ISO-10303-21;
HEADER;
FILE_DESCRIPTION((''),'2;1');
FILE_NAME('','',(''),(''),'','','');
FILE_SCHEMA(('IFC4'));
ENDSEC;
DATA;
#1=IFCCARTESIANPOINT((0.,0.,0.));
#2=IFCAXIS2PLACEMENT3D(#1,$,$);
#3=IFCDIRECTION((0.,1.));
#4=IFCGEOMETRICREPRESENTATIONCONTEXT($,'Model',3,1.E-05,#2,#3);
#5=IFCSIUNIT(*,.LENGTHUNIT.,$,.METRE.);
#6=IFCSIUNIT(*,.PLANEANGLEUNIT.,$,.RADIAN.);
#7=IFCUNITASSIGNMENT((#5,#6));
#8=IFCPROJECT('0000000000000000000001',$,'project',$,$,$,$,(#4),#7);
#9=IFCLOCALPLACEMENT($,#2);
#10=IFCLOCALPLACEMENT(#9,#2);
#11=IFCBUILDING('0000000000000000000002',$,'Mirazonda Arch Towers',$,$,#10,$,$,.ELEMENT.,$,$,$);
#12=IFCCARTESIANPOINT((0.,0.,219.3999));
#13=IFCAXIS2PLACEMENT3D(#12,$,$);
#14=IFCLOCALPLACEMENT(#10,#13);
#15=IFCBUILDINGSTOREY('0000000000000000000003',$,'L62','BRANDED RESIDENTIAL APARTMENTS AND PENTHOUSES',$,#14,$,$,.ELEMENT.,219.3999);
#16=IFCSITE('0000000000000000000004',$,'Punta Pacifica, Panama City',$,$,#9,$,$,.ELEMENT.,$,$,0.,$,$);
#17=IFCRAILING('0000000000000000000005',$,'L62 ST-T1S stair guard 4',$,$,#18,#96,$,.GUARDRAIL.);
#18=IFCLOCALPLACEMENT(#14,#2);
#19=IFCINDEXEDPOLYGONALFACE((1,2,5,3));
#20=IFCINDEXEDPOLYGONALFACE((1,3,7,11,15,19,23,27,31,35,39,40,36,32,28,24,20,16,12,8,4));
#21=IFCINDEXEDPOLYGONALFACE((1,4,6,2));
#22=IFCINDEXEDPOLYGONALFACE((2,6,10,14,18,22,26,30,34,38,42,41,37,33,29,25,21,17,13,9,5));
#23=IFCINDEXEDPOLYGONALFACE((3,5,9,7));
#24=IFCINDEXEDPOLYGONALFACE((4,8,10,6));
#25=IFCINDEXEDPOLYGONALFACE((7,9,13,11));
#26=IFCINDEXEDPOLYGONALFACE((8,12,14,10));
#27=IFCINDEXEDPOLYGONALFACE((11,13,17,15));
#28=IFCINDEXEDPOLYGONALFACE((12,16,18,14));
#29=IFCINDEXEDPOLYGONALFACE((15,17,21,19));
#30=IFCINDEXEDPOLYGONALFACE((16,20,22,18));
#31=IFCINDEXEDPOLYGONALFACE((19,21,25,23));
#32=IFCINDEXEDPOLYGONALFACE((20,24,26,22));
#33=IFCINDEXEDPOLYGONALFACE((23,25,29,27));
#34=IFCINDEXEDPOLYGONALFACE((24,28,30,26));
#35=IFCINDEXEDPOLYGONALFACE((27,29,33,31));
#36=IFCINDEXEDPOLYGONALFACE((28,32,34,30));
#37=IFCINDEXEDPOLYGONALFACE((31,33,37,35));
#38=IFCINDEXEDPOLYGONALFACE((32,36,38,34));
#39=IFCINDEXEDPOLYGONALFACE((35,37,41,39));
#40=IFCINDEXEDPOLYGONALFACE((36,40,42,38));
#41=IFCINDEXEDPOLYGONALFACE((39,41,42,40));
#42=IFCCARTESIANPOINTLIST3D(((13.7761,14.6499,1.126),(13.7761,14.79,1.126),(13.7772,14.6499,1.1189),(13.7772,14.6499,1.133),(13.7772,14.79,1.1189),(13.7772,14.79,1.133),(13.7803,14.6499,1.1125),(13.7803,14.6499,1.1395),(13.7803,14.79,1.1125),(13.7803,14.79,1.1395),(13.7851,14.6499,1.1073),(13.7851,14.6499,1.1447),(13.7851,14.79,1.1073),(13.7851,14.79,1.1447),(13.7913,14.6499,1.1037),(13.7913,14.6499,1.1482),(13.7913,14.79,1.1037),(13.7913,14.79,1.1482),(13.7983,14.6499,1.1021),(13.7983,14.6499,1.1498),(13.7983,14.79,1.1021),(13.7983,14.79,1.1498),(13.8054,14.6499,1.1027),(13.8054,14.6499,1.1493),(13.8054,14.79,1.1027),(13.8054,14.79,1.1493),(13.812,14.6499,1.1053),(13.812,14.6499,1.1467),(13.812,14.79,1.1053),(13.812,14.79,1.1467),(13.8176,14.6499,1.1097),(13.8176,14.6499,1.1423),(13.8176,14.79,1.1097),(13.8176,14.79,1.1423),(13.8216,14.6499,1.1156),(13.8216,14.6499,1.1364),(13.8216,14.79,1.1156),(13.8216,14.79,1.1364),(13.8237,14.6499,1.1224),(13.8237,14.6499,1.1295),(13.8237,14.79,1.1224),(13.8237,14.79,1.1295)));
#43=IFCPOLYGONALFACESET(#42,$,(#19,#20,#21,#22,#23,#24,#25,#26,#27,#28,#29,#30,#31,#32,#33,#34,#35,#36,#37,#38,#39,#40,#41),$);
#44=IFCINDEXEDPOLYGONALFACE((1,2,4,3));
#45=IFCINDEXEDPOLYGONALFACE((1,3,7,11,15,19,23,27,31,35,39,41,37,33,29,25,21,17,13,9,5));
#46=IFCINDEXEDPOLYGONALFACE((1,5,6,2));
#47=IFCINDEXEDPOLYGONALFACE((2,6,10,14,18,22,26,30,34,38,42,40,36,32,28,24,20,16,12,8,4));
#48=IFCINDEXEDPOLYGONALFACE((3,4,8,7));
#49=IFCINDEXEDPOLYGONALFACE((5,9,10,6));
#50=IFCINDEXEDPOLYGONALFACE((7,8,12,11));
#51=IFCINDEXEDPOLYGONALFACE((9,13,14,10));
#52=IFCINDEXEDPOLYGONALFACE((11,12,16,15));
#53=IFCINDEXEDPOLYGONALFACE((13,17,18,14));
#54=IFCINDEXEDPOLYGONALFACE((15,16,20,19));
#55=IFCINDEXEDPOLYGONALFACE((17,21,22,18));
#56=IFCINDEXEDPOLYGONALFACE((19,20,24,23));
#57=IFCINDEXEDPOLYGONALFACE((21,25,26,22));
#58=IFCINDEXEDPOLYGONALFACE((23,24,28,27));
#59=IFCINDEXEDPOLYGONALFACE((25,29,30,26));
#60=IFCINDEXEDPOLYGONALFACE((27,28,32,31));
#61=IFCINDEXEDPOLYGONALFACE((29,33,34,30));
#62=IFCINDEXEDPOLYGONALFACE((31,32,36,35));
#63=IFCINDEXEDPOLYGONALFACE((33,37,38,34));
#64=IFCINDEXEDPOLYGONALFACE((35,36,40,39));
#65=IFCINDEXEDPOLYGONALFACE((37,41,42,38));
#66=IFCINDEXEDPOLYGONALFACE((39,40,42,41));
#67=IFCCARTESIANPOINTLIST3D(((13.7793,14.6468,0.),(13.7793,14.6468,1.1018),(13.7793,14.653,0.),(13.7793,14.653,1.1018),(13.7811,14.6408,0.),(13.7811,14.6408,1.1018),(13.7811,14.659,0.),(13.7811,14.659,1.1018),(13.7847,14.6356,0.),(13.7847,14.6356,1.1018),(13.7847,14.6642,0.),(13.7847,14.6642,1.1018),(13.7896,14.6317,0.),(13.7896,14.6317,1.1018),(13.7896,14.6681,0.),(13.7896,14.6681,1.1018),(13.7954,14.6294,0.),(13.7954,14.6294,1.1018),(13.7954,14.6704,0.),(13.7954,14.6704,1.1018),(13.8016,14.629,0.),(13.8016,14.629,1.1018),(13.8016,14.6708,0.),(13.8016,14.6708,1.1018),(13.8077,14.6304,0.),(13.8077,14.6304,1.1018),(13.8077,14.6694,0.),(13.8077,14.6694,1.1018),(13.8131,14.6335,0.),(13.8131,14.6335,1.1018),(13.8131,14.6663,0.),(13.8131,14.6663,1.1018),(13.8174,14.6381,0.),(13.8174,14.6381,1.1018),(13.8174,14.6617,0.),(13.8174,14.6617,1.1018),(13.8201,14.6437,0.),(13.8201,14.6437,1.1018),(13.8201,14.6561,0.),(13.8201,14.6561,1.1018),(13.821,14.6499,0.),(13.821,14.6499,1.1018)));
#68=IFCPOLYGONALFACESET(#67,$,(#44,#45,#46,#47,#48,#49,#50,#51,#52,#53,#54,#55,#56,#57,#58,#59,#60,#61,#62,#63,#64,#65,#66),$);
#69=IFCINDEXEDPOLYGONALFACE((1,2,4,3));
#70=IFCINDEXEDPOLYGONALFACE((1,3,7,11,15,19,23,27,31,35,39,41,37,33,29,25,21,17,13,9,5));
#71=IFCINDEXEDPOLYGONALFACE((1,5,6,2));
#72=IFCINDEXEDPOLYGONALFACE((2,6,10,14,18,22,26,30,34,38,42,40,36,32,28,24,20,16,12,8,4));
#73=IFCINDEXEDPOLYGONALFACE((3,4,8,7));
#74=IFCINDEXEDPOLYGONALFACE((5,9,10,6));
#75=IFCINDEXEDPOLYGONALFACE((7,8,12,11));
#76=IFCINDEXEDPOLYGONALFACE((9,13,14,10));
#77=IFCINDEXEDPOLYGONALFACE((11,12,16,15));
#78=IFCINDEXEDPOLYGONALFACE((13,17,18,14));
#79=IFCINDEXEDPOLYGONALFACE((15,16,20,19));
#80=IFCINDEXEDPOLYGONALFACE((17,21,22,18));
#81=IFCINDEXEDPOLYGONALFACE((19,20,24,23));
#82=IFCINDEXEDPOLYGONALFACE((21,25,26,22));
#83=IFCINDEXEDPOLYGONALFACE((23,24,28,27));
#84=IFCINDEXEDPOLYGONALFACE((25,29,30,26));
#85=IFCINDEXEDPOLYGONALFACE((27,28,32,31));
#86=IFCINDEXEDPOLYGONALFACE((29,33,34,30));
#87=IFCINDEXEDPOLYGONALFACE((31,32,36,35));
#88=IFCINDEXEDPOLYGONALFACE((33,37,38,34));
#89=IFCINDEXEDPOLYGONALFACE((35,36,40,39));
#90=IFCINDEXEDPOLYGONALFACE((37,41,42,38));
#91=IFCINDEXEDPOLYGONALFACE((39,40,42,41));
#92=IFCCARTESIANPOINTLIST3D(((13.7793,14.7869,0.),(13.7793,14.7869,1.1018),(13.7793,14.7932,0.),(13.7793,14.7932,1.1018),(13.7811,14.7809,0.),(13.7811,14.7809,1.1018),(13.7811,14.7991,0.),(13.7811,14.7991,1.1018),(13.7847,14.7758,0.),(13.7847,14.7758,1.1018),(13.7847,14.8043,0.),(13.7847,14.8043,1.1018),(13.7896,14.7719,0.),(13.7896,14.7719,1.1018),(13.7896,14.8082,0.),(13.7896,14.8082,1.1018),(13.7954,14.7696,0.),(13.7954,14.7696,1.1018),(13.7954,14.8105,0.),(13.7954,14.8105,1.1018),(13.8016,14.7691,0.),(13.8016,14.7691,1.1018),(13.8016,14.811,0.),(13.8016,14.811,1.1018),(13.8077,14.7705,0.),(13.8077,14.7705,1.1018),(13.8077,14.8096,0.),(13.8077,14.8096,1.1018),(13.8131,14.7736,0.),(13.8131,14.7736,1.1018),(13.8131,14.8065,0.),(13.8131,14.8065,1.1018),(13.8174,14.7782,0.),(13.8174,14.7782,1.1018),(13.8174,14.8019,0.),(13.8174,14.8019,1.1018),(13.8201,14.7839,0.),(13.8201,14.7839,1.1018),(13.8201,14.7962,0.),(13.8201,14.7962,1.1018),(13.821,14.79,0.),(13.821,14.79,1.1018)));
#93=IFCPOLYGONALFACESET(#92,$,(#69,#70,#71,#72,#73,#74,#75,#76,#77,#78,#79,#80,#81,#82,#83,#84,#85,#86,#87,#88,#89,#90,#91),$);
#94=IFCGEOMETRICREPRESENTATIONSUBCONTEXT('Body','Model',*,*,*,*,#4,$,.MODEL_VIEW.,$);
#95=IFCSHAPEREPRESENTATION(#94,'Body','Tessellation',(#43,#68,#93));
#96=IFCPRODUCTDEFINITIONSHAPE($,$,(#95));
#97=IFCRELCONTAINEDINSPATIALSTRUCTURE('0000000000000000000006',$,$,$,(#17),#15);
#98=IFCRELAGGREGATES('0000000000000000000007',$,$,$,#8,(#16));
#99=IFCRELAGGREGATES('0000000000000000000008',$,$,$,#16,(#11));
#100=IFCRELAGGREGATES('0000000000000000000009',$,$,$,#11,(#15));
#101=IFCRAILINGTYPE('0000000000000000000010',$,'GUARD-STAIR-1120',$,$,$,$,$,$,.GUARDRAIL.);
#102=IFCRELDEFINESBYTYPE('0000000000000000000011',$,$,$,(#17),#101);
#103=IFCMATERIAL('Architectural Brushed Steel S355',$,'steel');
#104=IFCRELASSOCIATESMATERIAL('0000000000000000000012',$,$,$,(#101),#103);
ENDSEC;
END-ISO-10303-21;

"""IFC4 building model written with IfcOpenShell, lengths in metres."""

from ifc_helpers import new_model, si_unit, direction, frame, origin, origin_2d, place, context, subcontext, project, spatial, circle, extrude, material, type_object, element, save


model = new_model("IFC4")

# Units and contexts
model_context = context("Model", 3, precision=1e-05, world=origin(), true_north=direction((0.0, 1.0)))
body_context = subcontext(model_context, "Body", "Model", "MODEL_VIEW")
ifc_project = project(units=[si_unit("LENGTHUNIT", "METRE"), si_unit("PLANEANGLEUNIT", "RADIAN")], contexts=[model_context])

# Site, building, storey
site_placement = place(None, origin())
site = spatial("IfcSite", under=ifc_project, at=site_placement, Name="Punta Pacifica, Panama City", CompositionType="ELEMENT", RefElevation=0.0)
building_placement = place(site_placement, origin())
building = spatial("IfcBuilding", under=site, at=building_placement, Name="Mirazonda Arch Towers", CompositionType="ELEMENT")
storey_placement = place(building_placement, frame((0.0, 0.0, 219.3999)))
storey = spatial("IfcBuildingStorey", under=building, at=storey_placement, Name="L62", Description="BRANDED RESIDENTIAL APARTMENTS AND PENTHOUSES", CompositionType="ELEMENT", Elevation=219.3999)

# Shared definitions
ifc_material_1 = material(Name="Architectural Brushed Steel S355", Category="steel")

# Railing
railing_type_1 = type_object("IfcRailingType", Name="GUARD-STAIR-1120", PredefinedType="GUARDRAIL", material=ifc_material_1)
railing_1_placement = place(storey_placement, frame((13.8, 14.6499, 0.0)))
element("IfcRailing", 1, at=railing_1_placement, inside=storey, type_object=railing_type_1, Name="L62 ST-T1S stair guard 4", PredefinedType="GUARDRAIL", context=body_context, shape_type="SweptSolid", body=[
    extrude(circle(Radius=0.0239, at=origin_2d()), frame((0.0, 0.0, 1.126), z_axis=(0.0, 1.0, 0.0), x_axis=(-1.0, 0.0, 0.0)), (0.0, 0.0, 1.0), 0.1401),
    extrude(circle(Radius=0.021, at=origin_2d()), origin(), (0.0, 0.0, 1.0), 1.1018),
    extrude(circle(Radius=0.021, at=origin_2d()), frame((0.0, 0.1401, 0.0)), (0.0, 0.0, 1.0), 1.1018),
])

save(model, "model.ifc")
